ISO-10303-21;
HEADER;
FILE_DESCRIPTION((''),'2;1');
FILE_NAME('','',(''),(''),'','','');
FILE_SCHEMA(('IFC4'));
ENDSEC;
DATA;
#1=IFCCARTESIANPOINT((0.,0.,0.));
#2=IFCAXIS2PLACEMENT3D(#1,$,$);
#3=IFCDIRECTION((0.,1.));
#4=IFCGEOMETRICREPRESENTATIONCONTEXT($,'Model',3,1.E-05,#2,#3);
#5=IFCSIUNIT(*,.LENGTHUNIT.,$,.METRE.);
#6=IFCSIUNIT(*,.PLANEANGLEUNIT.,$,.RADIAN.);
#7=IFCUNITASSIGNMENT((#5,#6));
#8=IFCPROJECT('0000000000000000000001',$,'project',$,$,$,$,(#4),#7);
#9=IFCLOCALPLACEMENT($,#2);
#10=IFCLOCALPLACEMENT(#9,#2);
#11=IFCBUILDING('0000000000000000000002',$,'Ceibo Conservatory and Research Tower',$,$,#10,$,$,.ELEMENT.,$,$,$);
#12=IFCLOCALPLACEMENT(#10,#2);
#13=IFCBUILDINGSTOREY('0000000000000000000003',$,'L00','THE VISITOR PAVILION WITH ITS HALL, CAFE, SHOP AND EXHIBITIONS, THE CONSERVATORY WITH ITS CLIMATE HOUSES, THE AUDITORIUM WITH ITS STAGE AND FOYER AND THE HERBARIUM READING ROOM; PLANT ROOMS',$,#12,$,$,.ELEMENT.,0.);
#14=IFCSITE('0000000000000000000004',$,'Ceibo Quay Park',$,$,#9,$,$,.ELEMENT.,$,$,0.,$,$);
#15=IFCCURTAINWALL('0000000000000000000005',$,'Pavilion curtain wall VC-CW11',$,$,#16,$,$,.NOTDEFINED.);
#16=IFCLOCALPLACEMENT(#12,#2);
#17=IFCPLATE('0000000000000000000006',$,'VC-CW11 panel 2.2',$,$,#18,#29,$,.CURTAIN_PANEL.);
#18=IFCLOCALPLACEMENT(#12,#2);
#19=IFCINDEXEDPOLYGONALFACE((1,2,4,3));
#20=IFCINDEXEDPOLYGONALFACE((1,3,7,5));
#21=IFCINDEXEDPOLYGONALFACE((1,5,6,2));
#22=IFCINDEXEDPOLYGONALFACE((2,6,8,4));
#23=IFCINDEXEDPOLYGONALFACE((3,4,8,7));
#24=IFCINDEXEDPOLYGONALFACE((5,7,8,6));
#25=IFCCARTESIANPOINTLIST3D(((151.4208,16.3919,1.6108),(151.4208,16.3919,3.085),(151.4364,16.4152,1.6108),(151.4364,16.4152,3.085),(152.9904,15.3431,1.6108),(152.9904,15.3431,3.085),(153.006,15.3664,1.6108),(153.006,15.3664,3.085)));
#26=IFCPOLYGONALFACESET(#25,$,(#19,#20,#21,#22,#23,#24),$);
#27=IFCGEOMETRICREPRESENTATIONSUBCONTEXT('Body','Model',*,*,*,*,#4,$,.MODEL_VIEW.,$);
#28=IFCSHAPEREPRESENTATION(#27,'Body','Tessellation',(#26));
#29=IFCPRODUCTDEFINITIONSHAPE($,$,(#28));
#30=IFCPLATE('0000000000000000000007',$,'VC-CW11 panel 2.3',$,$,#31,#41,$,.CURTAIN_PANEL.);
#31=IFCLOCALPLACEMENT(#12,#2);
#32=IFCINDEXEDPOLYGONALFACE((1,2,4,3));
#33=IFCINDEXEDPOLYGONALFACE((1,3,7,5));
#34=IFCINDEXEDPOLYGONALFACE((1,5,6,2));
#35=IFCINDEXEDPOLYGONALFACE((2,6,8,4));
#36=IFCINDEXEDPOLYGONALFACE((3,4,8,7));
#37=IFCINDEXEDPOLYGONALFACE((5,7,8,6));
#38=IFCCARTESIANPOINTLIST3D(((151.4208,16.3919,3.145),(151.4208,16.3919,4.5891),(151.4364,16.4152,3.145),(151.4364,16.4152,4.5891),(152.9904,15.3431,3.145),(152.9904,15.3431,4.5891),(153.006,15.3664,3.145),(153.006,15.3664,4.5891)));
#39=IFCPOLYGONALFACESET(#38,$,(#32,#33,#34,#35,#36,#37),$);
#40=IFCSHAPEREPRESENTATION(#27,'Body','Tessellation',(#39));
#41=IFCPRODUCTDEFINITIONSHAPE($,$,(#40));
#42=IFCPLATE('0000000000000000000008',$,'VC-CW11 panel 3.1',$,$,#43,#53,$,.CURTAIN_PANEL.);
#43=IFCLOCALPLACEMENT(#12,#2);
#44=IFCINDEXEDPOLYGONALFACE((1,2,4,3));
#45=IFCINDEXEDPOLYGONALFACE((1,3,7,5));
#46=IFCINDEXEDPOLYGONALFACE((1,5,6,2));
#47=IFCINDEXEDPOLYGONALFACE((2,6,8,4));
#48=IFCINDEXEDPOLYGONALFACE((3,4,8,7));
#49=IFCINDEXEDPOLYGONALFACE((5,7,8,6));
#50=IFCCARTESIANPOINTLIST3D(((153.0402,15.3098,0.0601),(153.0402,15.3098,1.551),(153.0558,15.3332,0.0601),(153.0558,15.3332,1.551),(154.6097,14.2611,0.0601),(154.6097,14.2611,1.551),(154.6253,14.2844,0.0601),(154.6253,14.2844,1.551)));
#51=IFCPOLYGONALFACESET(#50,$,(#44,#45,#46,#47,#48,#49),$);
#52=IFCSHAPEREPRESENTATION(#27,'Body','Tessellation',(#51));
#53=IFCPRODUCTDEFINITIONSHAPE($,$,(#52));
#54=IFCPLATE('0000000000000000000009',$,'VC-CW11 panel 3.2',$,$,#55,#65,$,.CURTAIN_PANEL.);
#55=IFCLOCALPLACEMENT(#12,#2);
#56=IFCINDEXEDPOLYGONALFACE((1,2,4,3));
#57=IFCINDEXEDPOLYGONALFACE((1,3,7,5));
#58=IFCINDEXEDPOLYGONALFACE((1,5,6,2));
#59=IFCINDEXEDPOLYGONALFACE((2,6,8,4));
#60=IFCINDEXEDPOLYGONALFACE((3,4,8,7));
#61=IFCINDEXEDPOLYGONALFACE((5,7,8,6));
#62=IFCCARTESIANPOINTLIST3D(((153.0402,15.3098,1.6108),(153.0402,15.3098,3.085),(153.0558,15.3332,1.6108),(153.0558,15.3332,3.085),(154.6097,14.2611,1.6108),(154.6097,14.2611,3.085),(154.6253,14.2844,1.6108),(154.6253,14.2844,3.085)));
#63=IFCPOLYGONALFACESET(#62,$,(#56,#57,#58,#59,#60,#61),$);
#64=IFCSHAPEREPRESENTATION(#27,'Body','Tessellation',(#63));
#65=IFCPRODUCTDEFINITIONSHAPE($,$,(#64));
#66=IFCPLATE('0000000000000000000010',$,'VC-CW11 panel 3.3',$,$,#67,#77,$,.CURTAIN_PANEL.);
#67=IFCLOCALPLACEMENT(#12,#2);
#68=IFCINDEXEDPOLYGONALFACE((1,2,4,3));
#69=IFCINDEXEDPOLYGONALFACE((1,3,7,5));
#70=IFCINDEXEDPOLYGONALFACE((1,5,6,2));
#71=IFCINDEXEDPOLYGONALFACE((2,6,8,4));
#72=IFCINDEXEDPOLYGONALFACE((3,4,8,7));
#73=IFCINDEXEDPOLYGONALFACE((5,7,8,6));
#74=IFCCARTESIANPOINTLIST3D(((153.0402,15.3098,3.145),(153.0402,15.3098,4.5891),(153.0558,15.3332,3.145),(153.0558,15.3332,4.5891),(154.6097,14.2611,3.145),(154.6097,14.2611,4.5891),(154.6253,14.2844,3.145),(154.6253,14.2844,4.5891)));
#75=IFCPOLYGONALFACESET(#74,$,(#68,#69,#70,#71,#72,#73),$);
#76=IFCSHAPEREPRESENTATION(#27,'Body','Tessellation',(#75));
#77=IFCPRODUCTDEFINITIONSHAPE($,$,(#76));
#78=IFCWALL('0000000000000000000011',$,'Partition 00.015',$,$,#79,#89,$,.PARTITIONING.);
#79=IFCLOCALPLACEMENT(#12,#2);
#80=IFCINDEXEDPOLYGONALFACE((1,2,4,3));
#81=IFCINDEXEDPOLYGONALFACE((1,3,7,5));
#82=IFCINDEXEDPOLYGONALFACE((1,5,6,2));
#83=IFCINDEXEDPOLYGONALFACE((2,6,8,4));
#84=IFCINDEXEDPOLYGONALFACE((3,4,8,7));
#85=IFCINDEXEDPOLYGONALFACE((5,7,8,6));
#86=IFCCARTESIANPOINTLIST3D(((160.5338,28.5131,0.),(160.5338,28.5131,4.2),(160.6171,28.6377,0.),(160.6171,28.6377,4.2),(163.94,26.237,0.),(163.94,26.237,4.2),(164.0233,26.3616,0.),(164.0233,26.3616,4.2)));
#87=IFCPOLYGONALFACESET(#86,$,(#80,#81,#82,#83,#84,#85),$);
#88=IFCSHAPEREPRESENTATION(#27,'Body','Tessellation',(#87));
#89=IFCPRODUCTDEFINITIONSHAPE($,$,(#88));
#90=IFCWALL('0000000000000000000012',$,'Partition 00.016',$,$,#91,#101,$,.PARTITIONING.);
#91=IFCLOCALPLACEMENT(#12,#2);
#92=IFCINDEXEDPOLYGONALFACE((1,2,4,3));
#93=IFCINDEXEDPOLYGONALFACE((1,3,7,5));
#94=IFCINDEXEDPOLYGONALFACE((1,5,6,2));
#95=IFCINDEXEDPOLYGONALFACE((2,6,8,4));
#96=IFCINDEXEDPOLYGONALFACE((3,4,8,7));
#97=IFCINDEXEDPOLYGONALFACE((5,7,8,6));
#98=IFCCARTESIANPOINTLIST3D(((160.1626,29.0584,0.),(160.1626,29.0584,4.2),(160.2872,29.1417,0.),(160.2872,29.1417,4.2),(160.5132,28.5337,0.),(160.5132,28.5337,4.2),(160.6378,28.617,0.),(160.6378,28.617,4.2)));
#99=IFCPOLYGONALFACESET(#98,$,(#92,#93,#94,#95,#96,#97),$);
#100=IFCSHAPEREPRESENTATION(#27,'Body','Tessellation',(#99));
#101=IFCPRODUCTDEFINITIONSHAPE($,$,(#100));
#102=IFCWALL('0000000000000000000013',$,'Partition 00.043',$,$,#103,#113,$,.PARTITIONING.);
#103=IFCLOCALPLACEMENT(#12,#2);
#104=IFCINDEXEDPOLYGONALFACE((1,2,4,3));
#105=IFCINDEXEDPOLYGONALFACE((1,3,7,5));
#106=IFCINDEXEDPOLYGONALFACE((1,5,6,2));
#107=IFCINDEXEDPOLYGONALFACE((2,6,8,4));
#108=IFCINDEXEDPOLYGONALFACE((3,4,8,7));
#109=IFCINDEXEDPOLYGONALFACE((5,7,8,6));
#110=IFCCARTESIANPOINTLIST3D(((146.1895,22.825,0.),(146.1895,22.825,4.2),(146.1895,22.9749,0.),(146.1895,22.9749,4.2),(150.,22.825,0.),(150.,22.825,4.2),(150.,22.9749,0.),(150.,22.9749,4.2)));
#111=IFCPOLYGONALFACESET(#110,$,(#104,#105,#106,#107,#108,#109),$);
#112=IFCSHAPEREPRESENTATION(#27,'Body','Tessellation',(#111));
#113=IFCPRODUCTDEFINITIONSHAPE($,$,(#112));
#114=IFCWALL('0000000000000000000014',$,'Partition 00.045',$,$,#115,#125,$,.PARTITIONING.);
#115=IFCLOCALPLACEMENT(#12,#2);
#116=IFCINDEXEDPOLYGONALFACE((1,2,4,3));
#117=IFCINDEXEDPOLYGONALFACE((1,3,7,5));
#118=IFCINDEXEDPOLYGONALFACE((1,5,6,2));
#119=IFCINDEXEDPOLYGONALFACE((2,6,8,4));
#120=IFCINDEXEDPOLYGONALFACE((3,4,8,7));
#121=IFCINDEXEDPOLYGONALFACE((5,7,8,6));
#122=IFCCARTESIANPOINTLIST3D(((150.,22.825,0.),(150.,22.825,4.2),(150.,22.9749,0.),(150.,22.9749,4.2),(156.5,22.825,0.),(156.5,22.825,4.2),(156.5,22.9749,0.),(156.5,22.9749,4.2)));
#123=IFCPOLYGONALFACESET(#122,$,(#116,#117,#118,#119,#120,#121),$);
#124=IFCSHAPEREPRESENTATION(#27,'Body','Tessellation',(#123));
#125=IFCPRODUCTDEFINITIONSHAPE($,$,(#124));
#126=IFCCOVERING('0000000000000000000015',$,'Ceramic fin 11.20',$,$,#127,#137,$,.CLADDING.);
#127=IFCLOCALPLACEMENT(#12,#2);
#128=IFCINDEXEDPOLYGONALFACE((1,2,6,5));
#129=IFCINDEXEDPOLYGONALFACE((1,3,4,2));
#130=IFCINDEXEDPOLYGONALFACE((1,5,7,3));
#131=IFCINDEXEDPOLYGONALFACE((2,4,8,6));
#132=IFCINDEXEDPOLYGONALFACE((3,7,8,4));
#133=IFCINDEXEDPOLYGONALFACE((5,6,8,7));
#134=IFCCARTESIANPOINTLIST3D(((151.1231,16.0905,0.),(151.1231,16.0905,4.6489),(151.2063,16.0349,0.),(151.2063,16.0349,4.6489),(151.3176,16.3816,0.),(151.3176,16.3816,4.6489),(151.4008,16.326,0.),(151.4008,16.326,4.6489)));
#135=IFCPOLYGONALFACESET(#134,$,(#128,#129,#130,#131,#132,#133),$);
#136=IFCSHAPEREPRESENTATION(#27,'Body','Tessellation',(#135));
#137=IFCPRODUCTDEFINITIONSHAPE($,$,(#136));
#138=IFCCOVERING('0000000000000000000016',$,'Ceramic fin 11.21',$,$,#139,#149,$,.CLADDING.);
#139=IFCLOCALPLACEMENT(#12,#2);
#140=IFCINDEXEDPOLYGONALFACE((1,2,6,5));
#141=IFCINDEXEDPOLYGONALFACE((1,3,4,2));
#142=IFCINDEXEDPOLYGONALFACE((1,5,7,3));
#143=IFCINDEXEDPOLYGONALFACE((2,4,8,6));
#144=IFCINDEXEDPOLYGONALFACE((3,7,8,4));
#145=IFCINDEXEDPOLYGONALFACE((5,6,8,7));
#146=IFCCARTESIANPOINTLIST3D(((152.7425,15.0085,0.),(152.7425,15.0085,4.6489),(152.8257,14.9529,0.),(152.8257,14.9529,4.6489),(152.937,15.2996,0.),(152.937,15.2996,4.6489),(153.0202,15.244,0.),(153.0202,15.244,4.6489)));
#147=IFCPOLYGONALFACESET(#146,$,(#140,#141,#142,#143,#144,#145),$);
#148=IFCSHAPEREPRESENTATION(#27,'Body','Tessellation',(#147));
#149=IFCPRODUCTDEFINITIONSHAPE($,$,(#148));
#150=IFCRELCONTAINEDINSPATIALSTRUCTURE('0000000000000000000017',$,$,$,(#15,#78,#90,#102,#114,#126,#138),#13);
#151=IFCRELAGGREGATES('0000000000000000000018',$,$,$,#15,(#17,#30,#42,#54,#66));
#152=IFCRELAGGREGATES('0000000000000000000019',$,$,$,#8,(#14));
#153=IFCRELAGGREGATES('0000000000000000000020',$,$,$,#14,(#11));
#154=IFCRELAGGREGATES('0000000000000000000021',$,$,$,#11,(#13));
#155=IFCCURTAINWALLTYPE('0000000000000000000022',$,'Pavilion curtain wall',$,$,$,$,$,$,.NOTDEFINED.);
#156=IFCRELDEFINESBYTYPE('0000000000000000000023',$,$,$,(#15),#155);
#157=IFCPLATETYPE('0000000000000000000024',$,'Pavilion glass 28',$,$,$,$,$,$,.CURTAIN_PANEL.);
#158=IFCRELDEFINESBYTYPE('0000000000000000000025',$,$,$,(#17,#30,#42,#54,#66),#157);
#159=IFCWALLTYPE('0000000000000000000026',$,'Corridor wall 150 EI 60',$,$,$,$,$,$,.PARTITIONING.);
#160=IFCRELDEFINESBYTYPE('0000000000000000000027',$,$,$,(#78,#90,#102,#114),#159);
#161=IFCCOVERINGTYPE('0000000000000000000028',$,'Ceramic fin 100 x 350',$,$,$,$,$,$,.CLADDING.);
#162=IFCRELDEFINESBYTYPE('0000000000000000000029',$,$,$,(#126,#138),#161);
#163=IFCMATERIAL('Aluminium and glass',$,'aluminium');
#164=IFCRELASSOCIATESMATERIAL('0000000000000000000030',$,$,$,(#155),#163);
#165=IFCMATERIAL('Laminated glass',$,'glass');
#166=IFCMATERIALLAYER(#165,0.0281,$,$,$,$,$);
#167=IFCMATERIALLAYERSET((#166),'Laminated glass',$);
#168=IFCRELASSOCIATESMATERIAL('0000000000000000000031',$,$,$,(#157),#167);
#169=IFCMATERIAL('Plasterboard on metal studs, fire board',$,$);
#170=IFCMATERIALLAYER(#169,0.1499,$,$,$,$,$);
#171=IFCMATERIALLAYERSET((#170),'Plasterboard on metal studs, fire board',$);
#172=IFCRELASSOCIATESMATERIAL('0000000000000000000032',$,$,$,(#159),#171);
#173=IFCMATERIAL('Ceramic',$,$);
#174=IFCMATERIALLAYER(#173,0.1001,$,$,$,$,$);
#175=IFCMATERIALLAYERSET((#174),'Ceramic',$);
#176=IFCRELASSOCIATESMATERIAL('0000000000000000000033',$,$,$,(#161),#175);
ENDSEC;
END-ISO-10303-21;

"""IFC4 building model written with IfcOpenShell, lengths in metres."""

from ifc_helpers import new_model, si_unit, direction, frame, frame_2d, origin, origin_2d, place, context, subcontext, project, spatial, rectangle, extrude, material, layer, layer_set, type_object, element, aggregate, save


model = new_model("IFC4")

# Units and contexts
model_context = context("Model", 3, precision=1e-05, world=origin(), true_north=direction((0.0, 1.0)))
body_context = subcontext(model_context, "Body", "Model", "MODEL_VIEW")
ifc_project = project(units=[si_unit("LENGTHUNIT", "METRE"), si_unit("PLANEANGLEUNIT", "RADIAN")], contexts=[model_context])

# Site, building, storey
site_placement = place(None, origin())
site = spatial("IfcSite", under=ifc_project, at=site_placement, Name="Ceibo Quay Park", CompositionType="ELEMENT", RefElevation=0.0)
building_placement = place(site_placement, origin())
building = spatial("IfcBuilding", under=site, at=building_placement, Name="Ceibo Conservatory and Research Tower", CompositionType="ELEMENT")
storey_placement = place(building_placement, origin())
storey = spatial("IfcBuildingStorey", under=building, at=storey_placement, Name="L00", Description="THE VISITOR PAVILION WITH ITS HALL, CAFE, SHOP AND EXHIBITIONS, THE CONSERVATORY WITH ITS CLIMATE HOUSES, THE AUDITORIUM WITH ITS STAGE AND FOYER AND THE HERBARIUM READING ROOM; PLANT ROOMS", CompositionType="ELEMENT", Elevation=0.0)

# Curtain wall, plates
ifc_material_1 = material(Name="Aluminium and glass", Category="aluminium")
curtain_wall_type = type_object("IfcCurtainWallType", Name="Pavilion curtain wall", PredefinedType="NOTDEFINED", material=ifc_material_1)
curtain_wall_placement = place(storey_placement, origin())
curtain_wall = element("IfcCurtainWall", 1, at=curtain_wall_placement, inside=storey, type_object=curtain_wall_type, Name="Pavilion curtain wall VC-CW11", PredefinedType="NOTDEFINED")
ifc_material_2 = material(Name="Laminated glass", Category="glass")
ifc_layer_1 = layer(ifc_material_2, 0.0281)
ifc_layer_set_1 = layer_set([ifc_layer_1], Name="Laminated glass")
plate_type = type_object("IfcPlateType", Name="Pavilion glass 28", PredefinedType="CURTAIN_PANEL", material=ifc_layer_set_1)
plate_1_placement = place(storey_placement, frame((152.2134, 15.8792, 1.6108), z_axis=(0.0, 0.0, 1.0), x_axis=(0.83147, -0.55557, 0.0)))
plate_1 = element("IfcPlate", 2, at=plate_1_placement, type_object=plate_type, Name="VC-CW11 panel 2.2", PredefinedType="CURTAIN_PANEL", context=body_context, shape_type="SweptSolid", body=[
    extrude(rectangle(XDim=1.8877, YDim=0.0281, at=origin_2d()), origin(), (0.0, 0.0, 1.0), 1.4741),
])
plate_2_placement = place(storey_placement, frame((152.2134, 15.8792, 3.145), z_axis=(0.0, 0.0, 1.0), x_axis=(0.83147, -0.55557, 0.0)))
plate_2 = element("IfcPlate", 3, at=plate_2_placement, type_object=plate_type, Name="VC-CW11 panel 2.3", PredefinedType="CURTAIN_PANEL", context=body_context, shape_type="SweptSolid", body=[
    extrude(rectangle(XDim=1.8877, YDim=0.0281, at=origin_2d()), origin(), (0.0, 0.0, 1.0), 1.4441),
])
plate_3_placement = place(storey_placement, frame((153.8328, 14.7971, 0.0601), z_axis=(0.0, 0.0, 1.0), x_axis=(0.83147, -0.55557, 0.0)))
plate_3 = element("IfcPlate", 4, at=plate_3_placement, type_object=plate_type, Name="VC-CW11 panel 3.1", PredefinedType="CURTAIN_PANEL", context=body_context, shape_type="SweptSolid", body=[
    extrude(rectangle(XDim=1.8877, YDim=0.0281, at=origin_2d()), origin(), (0.0, 0.0, 1.0), 1.491),
])
plate_4_placement = place(storey_placement, frame((153.8328, 14.7971, 1.6108), z_axis=(0.0, 0.0, 1.0), x_axis=(0.83147, -0.55557, 0.0)))
plate_4 = element("IfcPlate", 5, at=plate_4_placement, type_object=plate_type, Name="VC-CW11 panel 3.2", PredefinedType="CURTAIN_PANEL", context=body_context, shape_type="SweptSolid", body=[
    extrude(rectangle(XDim=1.8877, YDim=0.0281, at=origin_2d()), origin(), (0.0, 0.0, 1.0), 1.4741),
])
plate_5_placement = place(storey_placement, frame((153.8328, 14.7971, 3.145), z_axis=(0.0, 0.0, 1.0), x_axis=(0.83147, -0.55557, 0.0)))
plate_5 = element("IfcPlate", 6, at=plate_5_placement, type_object=plate_type, Name="VC-CW11 panel 3.3", PredefinedType="CURTAIN_PANEL", context=body_context, shape_type="SweptSolid", body=[
    extrude(rectangle(XDim=1.8877, YDim=0.0281, at=origin_2d()), origin(), (0.0, 0.0, 1.0), 1.4441),
])
aggregate(curtain_wall, [plate_1, plate_2, plate_3, plate_4, plate_5])

# Walls
ifc_material_3 = material(Name="Plasterboard on metal studs, fire board")
ifc_layer_2 = layer(ifc_material_3, 0.1499)
ifc_layer_set_2 = layer_set([ifc_layer_2], Name="Plasterboard on metal studs, fire board")
wall_type = type_object("IfcWallType", Name="Corridor wall 150 EI 60", PredefinedType="PARTITIONING", material=ifc_layer_set_2)
wall_1_placement = place(storey_placement, frame((163.9817, 26.2993, 0.0), z_axis=(0.0, 0.0, 1.0), x_axis=(-0.831454, 0.555594, 0.0)))
element("IfcWall", 7, at=wall_1_placement, inside=storey, type_object=wall_type, Name="Partition 00.015", PredefinedType="PARTITIONING", context=body_context, shape_type="SweptSolid", body=[
    extrude(rectangle(XDim=4.0967, YDim=0.1499, at=frame_2d((2.0483, 0.0))), origin(), (0.0, 0.0, 1.0), 4.2),
])
wall_2_placement = place(storey_placement, frame((160.5754, 28.5754, 0.0), z_axis=(0.0, 0.0, 1.0), x_axis=(-0.555593, 0.831455, 0.0)))
element("IfcWall", 8, at=wall_2_placement, inside=storey, type_object=wall_type, Name="Partition 00.016", PredefinedType="PARTITIONING", context=body_context, shape_type="SweptSolid", body=[
    extrude(rectangle(XDim=0.6311, YDim=0.1499, at=frame_2d((0.3154, 0.0))), origin(), (0.0, 0.0, 1.0), 4.2),
])
wall_3_placement = place(storey_placement, frame((150.0, 22.8999, 0.0), z_axis=(0.0, 0.0, 1.0), x_axis=(-1.0, 0.0, 0.0)))
element("IfcWall", 9, at=wall_3_placement, inside=storey, type_object=wall_type, Name="Partition 00.043", PredefinedType="PARTITIONING", context=body_context, shape_type="SweptSolid", body=[
    extrude(rectangle(XDim=3.8105, YDim=0.1499, at=frame_2d((1.9053, 0.0))), origin(), (0.0, 0.0, 1.0), 4.2),
])
wall_4_placement = place(storey_placement, frame((156.5, 22.8999, 0.0), z_axis=(0.0, 0.0, 1.0), x_axis=(-1.0, 0.0, 0.0)))
element("IfcWall", 10, at=wall_4_placement, inside=storey, type_object=wall_type, Name="Partition 00.045", PredefinedType="PARTITIONING", context=body_context, shape_type="SweptSolid", body=[
    extrude(rectangle(XDim=6.5, YDim=0.1499, at=frame_2d((3.25, 0.0))), origin(), (0.0, 0.0, 1.0), 4.2),
])

# Coverings
ifc_material_4 = material(Name="Ceramic")
ifc_layer_3 = layer(ifc_material_4, 0.1001)
ifc_layer_set_3 = layer_set([ifc_layer_3], Name="Ceramic")
covering_type = type_object("IfcCoveringType", Name="Ceramic fin 100 x 350", PredefinedType="CLADDING", material=ifc_layer_set_3)
for number, where, z_axis, x_axis, name in (
    (11, (151.262, 16.2083, 0.0), (0.0, 0.0, 1.0), (-0.83147, 0.55557, 0.0), "Ceramic fin 11.20"),
    (12, (152.8813, 15.1262, 0.0), (0.0, 0.0, 1.0), (-0.83147, 0.55557, 0.0), "Ceramic fin 11.21"),
):
    element("IfcCovering", number, at=place(storey_placement, frame(where, z_axis=z_axis, x_axis=x_axis)), inside=storey, type_object=covering_type, Name=name, PredefinedType="CLADDING", context=body_context, shape_type="SweptSolid", body=[
        extrude(rectangle(XDim=0.1001, YDim=0.3501, at=origin_2d()), origin(), (0.0, 0.0, 1.0), 4.6489),
    ])

save(model, "model.ifc")
